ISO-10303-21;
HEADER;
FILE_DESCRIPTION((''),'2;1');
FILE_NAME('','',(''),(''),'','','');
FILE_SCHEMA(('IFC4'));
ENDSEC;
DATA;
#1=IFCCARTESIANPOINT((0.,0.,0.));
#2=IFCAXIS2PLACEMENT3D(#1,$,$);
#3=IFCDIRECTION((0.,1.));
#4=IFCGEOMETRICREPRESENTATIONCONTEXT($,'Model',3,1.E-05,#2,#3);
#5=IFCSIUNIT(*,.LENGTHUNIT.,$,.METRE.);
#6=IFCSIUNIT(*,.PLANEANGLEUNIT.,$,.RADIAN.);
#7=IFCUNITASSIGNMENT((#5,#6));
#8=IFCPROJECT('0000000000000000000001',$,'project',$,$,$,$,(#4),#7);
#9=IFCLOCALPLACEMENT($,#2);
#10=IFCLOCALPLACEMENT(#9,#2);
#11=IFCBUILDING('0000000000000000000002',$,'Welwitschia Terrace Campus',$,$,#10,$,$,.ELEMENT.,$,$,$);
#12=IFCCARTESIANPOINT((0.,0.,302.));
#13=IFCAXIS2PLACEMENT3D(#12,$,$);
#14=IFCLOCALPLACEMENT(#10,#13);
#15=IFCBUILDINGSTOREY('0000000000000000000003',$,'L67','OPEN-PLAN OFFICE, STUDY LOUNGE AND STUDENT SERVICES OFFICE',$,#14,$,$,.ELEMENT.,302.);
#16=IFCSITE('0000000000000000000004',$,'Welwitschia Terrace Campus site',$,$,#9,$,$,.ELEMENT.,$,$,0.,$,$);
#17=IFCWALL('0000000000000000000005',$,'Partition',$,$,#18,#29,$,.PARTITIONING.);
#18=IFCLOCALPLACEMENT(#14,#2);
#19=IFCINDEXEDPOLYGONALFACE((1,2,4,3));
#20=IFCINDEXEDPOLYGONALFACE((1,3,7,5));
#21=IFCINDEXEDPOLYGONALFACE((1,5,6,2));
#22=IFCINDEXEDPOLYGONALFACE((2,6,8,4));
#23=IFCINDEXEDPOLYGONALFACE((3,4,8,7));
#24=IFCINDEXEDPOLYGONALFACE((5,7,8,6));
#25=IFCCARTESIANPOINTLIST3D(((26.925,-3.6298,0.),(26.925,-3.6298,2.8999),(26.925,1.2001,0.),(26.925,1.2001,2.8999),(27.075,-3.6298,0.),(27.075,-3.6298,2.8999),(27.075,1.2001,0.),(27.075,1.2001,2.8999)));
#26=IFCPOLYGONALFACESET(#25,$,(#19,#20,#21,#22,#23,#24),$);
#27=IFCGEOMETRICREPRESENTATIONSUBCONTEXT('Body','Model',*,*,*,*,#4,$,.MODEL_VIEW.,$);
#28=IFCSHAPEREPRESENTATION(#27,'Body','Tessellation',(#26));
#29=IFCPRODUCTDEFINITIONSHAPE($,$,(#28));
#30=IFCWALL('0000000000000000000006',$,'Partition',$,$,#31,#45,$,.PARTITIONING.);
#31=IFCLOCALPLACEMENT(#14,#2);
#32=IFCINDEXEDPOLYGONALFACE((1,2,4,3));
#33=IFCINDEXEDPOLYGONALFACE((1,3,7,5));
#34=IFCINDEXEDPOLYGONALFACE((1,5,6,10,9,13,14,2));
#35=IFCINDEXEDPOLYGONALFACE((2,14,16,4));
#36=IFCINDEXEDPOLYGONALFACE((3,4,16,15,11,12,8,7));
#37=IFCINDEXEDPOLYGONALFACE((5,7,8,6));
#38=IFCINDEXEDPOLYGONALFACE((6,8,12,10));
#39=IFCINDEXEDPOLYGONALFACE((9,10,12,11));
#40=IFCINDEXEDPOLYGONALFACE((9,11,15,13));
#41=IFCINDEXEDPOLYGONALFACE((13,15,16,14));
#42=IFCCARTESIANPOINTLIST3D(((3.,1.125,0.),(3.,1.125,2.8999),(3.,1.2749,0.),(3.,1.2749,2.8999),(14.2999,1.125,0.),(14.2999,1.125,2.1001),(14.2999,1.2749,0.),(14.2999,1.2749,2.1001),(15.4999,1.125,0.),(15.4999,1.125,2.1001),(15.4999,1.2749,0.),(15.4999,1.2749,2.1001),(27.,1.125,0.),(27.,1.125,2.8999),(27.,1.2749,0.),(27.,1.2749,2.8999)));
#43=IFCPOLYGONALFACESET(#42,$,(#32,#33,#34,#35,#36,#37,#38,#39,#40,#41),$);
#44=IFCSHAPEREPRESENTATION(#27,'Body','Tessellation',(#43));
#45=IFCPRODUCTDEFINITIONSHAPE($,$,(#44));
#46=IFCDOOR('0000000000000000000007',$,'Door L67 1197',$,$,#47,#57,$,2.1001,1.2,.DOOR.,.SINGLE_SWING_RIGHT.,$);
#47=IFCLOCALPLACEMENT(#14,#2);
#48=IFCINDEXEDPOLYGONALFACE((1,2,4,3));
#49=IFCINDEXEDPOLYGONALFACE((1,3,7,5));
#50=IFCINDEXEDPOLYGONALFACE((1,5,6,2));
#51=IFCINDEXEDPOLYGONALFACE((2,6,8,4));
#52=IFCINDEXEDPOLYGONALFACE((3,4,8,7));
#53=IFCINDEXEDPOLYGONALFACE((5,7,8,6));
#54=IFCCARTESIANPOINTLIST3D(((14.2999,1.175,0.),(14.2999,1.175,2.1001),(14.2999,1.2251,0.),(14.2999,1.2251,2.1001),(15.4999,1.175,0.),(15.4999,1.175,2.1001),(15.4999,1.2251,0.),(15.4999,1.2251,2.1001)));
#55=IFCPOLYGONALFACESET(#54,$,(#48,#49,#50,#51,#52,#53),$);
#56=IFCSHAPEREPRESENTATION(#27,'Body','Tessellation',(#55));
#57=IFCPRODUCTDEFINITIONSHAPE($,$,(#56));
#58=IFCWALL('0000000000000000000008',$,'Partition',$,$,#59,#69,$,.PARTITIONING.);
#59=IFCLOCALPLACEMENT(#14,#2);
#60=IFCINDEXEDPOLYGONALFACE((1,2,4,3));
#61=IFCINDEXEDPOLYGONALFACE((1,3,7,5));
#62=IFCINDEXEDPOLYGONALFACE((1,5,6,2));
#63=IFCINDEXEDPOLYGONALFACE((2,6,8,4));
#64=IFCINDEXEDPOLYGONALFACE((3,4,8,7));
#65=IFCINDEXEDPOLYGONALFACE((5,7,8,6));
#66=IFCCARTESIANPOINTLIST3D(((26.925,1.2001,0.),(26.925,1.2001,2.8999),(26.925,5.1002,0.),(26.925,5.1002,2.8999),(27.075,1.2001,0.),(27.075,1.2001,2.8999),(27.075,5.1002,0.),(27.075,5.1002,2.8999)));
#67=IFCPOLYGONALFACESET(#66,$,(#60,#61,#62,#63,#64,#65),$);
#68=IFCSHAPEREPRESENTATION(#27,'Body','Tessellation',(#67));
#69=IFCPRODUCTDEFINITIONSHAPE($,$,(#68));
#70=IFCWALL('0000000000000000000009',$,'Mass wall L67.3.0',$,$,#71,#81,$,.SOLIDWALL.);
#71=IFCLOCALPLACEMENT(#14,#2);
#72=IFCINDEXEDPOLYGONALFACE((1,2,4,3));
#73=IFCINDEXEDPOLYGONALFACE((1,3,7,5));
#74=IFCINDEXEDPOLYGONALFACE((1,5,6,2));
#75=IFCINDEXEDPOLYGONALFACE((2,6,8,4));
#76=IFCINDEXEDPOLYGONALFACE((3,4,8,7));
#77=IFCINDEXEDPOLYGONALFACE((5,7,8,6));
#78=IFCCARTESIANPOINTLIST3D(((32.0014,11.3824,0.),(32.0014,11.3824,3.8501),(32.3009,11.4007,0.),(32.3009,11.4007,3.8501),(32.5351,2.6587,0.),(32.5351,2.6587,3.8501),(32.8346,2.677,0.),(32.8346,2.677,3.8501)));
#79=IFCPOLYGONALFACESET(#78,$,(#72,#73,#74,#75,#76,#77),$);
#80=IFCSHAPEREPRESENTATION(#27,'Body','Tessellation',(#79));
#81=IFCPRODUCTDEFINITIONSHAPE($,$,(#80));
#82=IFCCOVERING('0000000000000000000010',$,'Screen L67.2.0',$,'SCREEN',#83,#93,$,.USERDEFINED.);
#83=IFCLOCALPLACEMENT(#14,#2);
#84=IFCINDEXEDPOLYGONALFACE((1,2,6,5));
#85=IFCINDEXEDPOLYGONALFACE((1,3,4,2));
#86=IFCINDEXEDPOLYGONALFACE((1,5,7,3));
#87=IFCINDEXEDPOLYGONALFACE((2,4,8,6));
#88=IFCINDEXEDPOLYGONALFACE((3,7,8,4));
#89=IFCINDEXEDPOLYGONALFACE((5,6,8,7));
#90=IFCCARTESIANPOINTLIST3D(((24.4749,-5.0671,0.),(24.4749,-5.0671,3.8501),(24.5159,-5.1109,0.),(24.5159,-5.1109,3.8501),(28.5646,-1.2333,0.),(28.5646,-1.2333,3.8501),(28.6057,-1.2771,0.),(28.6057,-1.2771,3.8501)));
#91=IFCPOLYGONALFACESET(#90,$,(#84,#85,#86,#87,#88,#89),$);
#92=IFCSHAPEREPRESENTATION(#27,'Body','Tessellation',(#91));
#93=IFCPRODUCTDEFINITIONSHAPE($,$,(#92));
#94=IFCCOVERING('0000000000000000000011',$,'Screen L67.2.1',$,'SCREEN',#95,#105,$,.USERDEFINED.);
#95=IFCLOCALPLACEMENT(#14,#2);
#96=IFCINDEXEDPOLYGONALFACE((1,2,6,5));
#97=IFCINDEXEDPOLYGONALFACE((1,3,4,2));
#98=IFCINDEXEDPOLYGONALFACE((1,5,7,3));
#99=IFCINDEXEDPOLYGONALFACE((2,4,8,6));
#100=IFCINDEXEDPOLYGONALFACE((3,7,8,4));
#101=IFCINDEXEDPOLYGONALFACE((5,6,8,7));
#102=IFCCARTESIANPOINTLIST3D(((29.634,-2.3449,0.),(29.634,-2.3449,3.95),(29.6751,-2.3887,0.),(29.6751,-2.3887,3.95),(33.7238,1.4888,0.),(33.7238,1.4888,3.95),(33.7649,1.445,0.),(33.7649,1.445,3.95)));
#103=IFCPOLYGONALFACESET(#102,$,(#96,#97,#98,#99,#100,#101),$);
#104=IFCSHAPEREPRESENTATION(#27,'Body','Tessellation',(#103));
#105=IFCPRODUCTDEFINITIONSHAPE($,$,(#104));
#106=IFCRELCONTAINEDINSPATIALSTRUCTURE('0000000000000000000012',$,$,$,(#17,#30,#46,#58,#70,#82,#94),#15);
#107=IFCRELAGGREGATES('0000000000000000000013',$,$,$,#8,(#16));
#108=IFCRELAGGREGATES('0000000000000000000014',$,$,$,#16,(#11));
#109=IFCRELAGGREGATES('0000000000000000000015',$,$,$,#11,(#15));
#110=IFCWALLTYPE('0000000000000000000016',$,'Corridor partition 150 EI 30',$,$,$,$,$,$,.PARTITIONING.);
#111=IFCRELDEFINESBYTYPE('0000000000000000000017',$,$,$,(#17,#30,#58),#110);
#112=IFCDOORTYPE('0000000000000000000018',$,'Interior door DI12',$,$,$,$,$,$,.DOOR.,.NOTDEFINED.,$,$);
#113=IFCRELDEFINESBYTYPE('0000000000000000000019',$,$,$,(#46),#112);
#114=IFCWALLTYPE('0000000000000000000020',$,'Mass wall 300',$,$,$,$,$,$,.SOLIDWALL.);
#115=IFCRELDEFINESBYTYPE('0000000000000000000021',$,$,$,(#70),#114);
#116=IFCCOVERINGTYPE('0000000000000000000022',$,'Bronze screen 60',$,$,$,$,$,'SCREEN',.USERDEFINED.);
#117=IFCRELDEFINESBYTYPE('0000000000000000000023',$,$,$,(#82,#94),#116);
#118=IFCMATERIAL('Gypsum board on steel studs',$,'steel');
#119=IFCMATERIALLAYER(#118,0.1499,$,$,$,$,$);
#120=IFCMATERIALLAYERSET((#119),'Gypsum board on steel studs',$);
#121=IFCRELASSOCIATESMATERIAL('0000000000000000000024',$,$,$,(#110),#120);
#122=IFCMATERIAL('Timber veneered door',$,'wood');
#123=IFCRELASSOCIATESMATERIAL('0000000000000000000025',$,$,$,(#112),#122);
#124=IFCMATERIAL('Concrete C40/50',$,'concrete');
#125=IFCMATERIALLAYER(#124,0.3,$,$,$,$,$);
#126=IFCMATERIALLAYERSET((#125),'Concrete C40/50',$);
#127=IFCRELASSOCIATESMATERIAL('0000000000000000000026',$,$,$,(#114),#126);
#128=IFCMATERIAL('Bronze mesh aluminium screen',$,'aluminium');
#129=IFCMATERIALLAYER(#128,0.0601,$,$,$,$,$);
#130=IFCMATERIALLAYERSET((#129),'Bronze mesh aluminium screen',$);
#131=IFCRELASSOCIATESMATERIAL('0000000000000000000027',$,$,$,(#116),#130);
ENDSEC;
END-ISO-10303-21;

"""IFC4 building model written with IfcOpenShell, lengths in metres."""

from ifc_helpers import new_model, si_unit, direction, frame, frame_2d, origin, origin_2d, place, context, subcontext, project, spatial, rectangle, extrude, material, layer, layer_set, type_object, element, fill, save


model = new_model("IFC4")

# Units and contexts
model_context = context("Model", 3, precision=1e-05, world=origin(), true_north=direction((0.0, 1.0)))
body_context = subcontext(model_context, "Body", "Model", "MODEL_VIEW")
ifc_project = project(units=[si_unit("LENGTHUNIT", "METRE"), si_unit("PLANEANGLEUNIT", "RADIAN")], contexts=[model_context])

# Site, building, storey
site_placement = place(None, origin())
site = spatial("IfcSite", under=ifc_project, at=site_placement, Name="Welwitschia Terrace Campus site", CompositionType="ELEMENT", RefElevation=0.0)
building_placement = place(site_placement, origin())
building = spatial("IfcBuilding", under=site, at=building_placement, Name="Welwitschia Terrace Campus", CompositionType="ELEMENT")
storey_placement = place(building_placement, frame((0.0, 0.0, 302.0)))
storey = spatial("IfcBuildingStorey", under=building, at=storey_placement, Name="L67", Description="OPEN-PLAN OFFICE, STUDY LOUNGE AND STUDENT SERVICES OFFICE", CompositionType="ELEMENT", Elevation=302.0)

# Wall
ifc_material_1 = material(Name="Gypsum board on steel studs", Category="steel")
ifc_layer_1 = layer(ifc_material_1, 0.1499)
ifc_layer_set_1 = layer_set([ifc_layer_1], Name="Gypsum board on steel studs")
wall_type_1 = type_object("IfcWallType", Name="Corridor partition 150 EI 30", PredefinedType="PARTITIONING", material=ifc_layer_set_1)
wall_1_placement = place(storey_placement, frame((27.0, -3.6299, 0.0), z_axis=(0.0, 0.0, 1.0), x_axis=(0.0, 1.0, 0.0)))
element("IfcWall", 1, at=wall_1_placement, inside=storey, type_object=wall_type_1, Name="Partition", PredefinedType="PARTITIONING", context=body_context, shape_type="SweptSolid", body=[
    extrude(rectangle(XDim=4.8298, YDim=0.1499, at=frame_2d((2.415, 0.0))), origin(), (0.0, 0.0, 1.0), 2.8999),
])

# Wall, opening, door
wall_2_placement = place(storey_placement, frame((27.0, 1.2, 0.0), z_axis=(0.0, 0.0, 1.0), x_axis=(-1.0, 0.0, 0.0)))
wall_2 = element("IfcWall", 2, at=wall_2_placement, inside=storey, type_object=wall_type_1, Name="Partition", PredefinedType="PARTITIONING", context=body_context, shape_type="SweptSolid", body=[
    extrude(rectangle(XDim=24.0, YDim=0.1499, at=frame_2d((12.0, 0.0))), origin(), (0.0, 0.0, 1.0), 2.8999),
])
opening_placement = place(wall_2_placement, frame((11.5, 0.0, 0.0)))
opening = element("IfcOpeningElement", 3, at=opening_placement, cuts=wall_2, PredefinedType="OPENING", context=body_context, shape_type="SweptSolid", body=[
    extrude(rectangle(XDim=1.2, YDim=2.1001, at=frame_2d((0.6001, 1.05))), frame((0.0, 0.085, 0.0), z_axis=(0.0, -1.0, 0.0), x_axis=(1.0, 0.0, 0.0)), (0.0, 0.0, 1.0), 0.1699),
])
ifc_material_2 = material(Name="Timber veneered door", Category="wood")
door_type = type_object("IfcDoorType", Name="Interior door DI12", OperationType="NOTDEFINED", PredefinedType="DOOR", material=ifc_material_2)
door_placement = place(opening_placement, origin())
door = element("IfcDoor", 4, at=door_placement, inside=storey, type_object=door_type, Name="Door L67 1197", OperationType="SINGLE_SWING_RIGHT", OverallHeight=2.1001, OverallWidth=1.2, PredefinedType="DOOR", context=body_context, shape_type="SweptSolid", body=[
    extrude(rectangle(XDim=1.2, YDim=2.1001, at=frame_2d((0.6001, 1.05))), frame((0.0, 0.0249, 0.0), z_axis=(0.0, -1.0, 0.0), x_axis=(1.0, 0.0, 0.0)), (0.0, 0.0, 1.0), 0.05),
])
fill(opening, door)

# Walls
wall_3_placement = place(storey_placement, frame((27.0, 1.2, 0.0), z_axis=(0.0, 0.0, 1.0), x_axis=(0.0, 1.0, 0.0)))
element("IfcWall", 5, at=wall_3_placement, inside=storey, type_object=wall_type_1, Name="Partition", PredefinedType="PARTITIONING", context=body_context, shape_type="SweptSolid", body=[
    extrude(rectangle(XDim=3.9001, YDim=0.1499, at=frame_2d((1.9502, 0.0))), origin(), (0.0, 0.0, 1.0), 2.8999),
])
ifc_material_3 = material(Name="Concrete C40/50", Category="concrete")
ifc_layer_2 = layer(ifc_material_3, 0.3)
ifc_layer_set_2 = layer_set([ifc_layer_2], Name="Concrete C40/50")
wall_type_2 = type_object("IfcWallType", Name="Mass wall 300", PredefinedType="SOLIDWALL", material=ifc_layer_set_2)
wall_4_placement = place(storey_placement, frame((32.6848, 2.6677, 0.0), z_axis=(0.0, 0.0, 1.0), x_axis=(-0.061063, 0.998134, 0.0)))
element("IfcWall", 6, at=wall_4_placement, inside=storey, type_object=wall_type_2, Name="Mass wall L67.3.0", PredefinedType="SOLIDWALL", context=body_context, shape_type="SweptSolid", body=[
    extrude(rectangle(XDim=8.74, YDim=0.3, at=frame_2d((4.3701, 0.0))), origin(), (0.0, 0.0, 1.0), 3.8501),
])

# Coverings
ifc_material_4 = material(Name="Bronze mesh aluminium screen", Category="aluminium")
ifc_layer_3 = layer(ifc_material_4, 0.0601)
ifc_layer_set_3 = layer_set([ifc_layer_3], Name="Bronze mesh aluminium screen")
covering_type = type_object("IfcCoveringType", Name="Bronze screen 60", ElementType="SCREEN", PredefinedType="USERDEFINED", material=ifc_layer_set_3)
covering_1_placement = place(storey_placement, frame((26.5403, -3.1721, 0.0), z_axis=(0.0, 0.0, 1.0), x_axis=(0.729574, 0.683902, 0.0)))
element("IfcCovering", 7, at=covering_1_placement, inside=storey, type_object=covering_type, Name="Screen L67.2.0", ObjectType="SCREEN", PredefinedType="USERDEFINED", context=body_context, shape_type="SweptSolid", body=[
    extrude(rectangle(XDim=5.6057, YDim=0.0601, at=origin_2d()), origin(), (0.0, 0.0, 1.0), 3.8501),
])
covering_2_placement = place(storey_placement, frame((31.6995, -0.45, 0.0), z_axis=(0.0, 0.0, 1.0), x_axis=(0.729574, 0.683902, 0.0)))
element("IfcCovering", 8, at=covering_2_placement, inside=storey, type_object=covering_type, Name="Screen L67.2.1", ObjectType="SCREEN", PredefinedType="USERDEFINED", context=body_context, shape_type="SweptSolid", body=[
    extrude(rectangle(XDim=5.6057, YDim=0.0601, at=origin_2d()), origin(), (0.0, 0.0, 1.0), 3.95),
])

save(model, "model.ifc")
